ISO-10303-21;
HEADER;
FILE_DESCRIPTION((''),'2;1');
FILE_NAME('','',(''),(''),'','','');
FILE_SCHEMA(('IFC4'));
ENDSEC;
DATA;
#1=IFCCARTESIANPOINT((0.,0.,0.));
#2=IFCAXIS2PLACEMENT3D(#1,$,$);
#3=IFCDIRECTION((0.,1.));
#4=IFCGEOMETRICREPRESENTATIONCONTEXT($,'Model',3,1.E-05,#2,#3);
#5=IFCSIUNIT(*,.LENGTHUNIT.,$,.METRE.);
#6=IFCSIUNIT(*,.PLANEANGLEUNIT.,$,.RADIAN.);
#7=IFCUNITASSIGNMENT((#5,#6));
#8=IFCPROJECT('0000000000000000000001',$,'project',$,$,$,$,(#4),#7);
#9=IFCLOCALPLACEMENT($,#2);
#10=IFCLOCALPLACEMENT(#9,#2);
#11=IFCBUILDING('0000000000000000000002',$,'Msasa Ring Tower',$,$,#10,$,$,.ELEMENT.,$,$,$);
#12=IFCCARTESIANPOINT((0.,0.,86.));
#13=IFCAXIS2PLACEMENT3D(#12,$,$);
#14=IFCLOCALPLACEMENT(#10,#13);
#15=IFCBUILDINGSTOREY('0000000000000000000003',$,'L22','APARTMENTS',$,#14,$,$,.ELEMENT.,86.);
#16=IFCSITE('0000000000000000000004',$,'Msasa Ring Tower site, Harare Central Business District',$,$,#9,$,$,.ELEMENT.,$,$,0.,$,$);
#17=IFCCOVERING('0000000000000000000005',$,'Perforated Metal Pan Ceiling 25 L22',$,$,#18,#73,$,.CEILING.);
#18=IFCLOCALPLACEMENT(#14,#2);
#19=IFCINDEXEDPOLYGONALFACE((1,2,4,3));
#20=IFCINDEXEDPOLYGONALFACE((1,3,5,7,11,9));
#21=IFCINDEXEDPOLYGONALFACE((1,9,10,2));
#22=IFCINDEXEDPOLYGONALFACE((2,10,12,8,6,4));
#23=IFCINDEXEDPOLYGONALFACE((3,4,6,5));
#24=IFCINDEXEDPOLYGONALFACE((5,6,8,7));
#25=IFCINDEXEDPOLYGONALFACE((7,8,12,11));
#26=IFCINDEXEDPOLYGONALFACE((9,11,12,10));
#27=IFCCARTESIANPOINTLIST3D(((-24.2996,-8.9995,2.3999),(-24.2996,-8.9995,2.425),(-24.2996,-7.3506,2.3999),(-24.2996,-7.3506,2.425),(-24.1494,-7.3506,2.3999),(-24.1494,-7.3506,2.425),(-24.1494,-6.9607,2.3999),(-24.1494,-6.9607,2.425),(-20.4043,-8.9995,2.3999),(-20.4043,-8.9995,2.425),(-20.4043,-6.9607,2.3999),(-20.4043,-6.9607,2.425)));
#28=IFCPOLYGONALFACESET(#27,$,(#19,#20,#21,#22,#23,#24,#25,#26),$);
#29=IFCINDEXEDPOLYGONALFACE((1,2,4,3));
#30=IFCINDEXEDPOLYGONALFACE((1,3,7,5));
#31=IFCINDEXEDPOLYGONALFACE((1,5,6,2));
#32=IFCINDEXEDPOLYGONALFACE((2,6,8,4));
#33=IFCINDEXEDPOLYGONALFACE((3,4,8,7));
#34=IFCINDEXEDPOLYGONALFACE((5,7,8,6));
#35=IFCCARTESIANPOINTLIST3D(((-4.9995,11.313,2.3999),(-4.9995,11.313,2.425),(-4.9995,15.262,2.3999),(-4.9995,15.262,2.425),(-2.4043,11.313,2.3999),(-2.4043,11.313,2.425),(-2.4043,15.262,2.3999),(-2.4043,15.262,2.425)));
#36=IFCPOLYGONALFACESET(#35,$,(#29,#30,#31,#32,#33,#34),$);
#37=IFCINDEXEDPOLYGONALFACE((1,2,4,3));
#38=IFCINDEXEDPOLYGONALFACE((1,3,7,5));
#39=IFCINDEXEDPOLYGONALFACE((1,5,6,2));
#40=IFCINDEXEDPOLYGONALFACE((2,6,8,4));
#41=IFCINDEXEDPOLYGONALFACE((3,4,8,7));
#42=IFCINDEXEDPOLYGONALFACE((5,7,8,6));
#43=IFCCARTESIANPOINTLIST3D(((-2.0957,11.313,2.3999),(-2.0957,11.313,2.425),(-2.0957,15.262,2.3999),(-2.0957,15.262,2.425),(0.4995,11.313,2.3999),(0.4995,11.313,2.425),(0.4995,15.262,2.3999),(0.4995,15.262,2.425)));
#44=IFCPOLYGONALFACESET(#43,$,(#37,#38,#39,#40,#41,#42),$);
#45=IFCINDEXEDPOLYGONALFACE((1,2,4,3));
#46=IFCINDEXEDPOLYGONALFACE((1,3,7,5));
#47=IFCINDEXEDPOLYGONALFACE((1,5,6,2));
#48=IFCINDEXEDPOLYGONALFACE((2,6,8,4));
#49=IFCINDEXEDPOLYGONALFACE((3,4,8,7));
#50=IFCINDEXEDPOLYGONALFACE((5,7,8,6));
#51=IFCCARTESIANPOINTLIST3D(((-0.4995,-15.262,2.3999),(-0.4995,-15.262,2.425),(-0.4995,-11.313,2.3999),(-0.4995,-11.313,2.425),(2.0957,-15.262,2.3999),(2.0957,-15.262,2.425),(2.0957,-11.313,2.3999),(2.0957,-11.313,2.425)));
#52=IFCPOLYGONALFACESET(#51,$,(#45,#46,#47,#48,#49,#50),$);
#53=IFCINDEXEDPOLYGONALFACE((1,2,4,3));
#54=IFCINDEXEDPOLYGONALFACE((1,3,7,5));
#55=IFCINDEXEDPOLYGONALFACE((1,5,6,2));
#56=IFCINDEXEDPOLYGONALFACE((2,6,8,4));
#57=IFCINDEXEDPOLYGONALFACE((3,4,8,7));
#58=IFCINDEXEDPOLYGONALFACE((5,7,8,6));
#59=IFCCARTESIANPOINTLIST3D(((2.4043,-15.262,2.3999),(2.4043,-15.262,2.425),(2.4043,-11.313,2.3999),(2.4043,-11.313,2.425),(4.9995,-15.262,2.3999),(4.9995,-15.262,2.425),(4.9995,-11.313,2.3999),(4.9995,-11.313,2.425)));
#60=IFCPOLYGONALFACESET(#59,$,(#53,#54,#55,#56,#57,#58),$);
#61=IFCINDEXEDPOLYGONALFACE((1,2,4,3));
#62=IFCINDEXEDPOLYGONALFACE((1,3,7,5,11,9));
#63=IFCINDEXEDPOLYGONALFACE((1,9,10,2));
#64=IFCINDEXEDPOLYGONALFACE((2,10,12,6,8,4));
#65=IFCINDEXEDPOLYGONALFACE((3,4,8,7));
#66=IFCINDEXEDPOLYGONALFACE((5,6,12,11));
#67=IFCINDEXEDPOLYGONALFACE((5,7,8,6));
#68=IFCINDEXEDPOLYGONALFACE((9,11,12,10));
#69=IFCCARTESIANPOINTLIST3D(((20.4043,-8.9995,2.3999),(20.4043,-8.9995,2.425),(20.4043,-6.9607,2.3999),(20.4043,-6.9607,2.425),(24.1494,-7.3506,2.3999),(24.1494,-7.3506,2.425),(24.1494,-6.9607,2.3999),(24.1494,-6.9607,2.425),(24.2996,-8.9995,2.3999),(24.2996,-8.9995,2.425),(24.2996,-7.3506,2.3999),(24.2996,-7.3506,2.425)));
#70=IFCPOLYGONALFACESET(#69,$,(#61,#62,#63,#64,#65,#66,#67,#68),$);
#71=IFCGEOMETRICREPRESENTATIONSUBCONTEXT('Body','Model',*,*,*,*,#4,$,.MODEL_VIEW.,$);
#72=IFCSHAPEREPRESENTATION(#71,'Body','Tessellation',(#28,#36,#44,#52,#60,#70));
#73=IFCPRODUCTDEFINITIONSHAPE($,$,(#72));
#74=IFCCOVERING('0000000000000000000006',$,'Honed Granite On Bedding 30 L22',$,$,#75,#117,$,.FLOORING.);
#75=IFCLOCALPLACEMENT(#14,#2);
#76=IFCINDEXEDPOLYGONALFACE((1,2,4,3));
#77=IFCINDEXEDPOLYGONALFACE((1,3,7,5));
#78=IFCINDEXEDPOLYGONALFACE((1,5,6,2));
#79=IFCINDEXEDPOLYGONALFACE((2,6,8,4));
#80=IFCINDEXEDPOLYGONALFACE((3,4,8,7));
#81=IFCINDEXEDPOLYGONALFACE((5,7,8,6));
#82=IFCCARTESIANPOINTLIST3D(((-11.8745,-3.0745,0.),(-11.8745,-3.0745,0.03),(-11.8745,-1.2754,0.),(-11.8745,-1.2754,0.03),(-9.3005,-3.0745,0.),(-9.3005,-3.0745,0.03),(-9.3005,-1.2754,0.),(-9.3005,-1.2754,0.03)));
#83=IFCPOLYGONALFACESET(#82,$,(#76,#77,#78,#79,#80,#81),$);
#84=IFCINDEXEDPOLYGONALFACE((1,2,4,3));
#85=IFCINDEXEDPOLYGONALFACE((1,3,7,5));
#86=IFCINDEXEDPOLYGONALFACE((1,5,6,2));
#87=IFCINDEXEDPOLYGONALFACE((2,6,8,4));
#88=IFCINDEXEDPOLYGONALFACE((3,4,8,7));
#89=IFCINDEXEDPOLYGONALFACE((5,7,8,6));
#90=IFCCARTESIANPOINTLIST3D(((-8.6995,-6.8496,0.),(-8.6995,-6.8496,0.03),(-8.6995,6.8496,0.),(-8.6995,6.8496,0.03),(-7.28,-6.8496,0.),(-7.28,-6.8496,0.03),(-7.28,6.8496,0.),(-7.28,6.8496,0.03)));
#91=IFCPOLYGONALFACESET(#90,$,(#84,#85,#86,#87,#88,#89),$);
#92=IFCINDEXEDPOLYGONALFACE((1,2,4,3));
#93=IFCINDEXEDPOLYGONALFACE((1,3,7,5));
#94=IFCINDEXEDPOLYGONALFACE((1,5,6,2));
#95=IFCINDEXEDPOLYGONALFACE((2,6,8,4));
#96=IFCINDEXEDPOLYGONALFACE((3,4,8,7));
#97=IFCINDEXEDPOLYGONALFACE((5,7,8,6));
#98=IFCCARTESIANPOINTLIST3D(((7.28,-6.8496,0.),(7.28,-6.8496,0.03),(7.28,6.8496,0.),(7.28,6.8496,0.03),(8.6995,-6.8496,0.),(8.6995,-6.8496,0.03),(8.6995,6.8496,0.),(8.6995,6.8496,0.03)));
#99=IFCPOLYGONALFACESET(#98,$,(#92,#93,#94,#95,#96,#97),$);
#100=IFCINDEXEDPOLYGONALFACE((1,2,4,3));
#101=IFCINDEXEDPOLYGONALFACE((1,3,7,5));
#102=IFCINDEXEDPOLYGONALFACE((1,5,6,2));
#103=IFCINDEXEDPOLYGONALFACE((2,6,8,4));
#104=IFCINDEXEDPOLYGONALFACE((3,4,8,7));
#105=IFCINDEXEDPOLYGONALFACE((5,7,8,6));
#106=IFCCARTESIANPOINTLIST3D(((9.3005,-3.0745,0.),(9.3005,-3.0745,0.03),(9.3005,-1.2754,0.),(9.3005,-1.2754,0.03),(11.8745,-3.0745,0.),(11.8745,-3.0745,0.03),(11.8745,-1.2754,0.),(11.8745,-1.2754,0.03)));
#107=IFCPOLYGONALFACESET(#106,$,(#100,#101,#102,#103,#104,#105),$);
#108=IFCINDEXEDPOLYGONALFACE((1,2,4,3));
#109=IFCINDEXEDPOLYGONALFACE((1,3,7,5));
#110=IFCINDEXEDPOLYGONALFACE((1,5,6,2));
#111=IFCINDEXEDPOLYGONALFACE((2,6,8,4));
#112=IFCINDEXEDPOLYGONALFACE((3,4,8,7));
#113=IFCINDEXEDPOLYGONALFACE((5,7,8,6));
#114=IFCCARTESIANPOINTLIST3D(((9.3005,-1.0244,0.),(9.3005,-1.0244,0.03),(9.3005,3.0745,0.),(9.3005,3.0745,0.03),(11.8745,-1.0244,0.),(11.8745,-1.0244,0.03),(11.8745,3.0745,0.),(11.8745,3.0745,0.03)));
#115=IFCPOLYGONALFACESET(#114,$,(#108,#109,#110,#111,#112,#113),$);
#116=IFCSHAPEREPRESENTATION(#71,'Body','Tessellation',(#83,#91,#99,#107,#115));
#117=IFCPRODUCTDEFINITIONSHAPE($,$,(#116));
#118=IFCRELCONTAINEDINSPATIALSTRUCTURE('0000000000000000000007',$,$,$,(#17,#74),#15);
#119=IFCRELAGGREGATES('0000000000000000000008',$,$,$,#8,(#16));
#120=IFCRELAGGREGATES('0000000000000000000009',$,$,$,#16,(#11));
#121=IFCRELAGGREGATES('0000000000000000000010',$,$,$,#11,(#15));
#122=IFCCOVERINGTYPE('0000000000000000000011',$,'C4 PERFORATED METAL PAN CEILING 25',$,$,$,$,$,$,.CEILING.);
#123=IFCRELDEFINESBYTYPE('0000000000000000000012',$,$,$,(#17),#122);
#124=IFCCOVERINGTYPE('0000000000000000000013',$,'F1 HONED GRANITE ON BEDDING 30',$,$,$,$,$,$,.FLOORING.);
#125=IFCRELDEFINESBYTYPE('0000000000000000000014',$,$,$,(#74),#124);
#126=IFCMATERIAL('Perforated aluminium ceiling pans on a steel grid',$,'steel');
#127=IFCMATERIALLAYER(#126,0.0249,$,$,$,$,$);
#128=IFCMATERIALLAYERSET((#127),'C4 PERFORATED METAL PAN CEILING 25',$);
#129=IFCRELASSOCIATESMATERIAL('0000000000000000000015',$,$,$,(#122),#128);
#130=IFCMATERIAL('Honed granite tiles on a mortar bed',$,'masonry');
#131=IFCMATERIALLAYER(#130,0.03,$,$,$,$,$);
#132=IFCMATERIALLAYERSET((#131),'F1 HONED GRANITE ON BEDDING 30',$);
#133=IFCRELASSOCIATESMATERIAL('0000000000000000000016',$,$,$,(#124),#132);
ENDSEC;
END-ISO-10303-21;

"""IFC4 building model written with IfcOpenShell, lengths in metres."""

from ifc_helpers import new_model, si_unit, direction, frame, origin, place, context, subcontext, project, spatial, line, indexed_curve, outline, extrude, material, layer, layer_set, type_object, element, save


model = new_model("IFC4")

# Units and contexts
model_context = context("Model", 3, precision=1e-05, world=origin(), true_north=direction((0.0, 1.0)))
body_context = subcontext(model_context, "Body", "Model", "MODEL_VIEW")
ifc_project = project(units=[si_unit("LENGTHUNIT", "METRE"), si_unit("PLANEANGLEUNIT", "RADIAN")], contexts=[model_context])

# Site, building, storey
site_placement = place(None, origin())
site = spatial("IfcSite", under=ifc_project, at=site_placement, Name="Msasa Ring Tower site, Harare Central Business District", CompositionType="ELEMENT", RefElevation=0.0)
building_placement = place(site_placement, origin())
building = spatial("IfcBuilding", under=site, at=building_placement, Name="Msasa Ring Tower", CompositionType="ELEMENT")
storey_placement = place(building_placement, frame((0.0, 0.0, 86.0)))
storey = spatial("IfcBuildingStorey", under=building, at=storey_placement, Name="L22", Description="APARTMENTS", CompositionType="ELEMENT", Elevation=86.0)

# Coverings
ifc_material_1 = material(Name="Perforated aluminium ceiling pans on a steel grid", Category="steel")
ifc_layer_1 = layer(ifc_material_1, 0.0249)
ifc_layer_set_1 = layer_set([ifc_layer_1], Name="C4 PERFORATED METAL PAN CEILING 25")
covering_type_1 = type_object("IfcCoveringType", Name="C4 PERFORATED METAL PAN CEILING 25", PredefinedType="CEILING", material=ifc_layer_set_1)
covering_1_placement = place(storey_placement, frame((0.0, 0.0, 2.3999)))
element("IfcCovering", 1, at=covering_1_placement, inside=storey, type_object=covering_type_1, Name="Perforated Metal Pan Ceiling 25 L22", PredefinedType="CEILING", context=body_context, shape_type="SweptSolid", body=[
    extrude(outline(indexed_curve([(-24.2996, -8.9995), (-24.2996, -7.3506), (-24.1494, -7.3506), (-24.1494, -6.9607), (-20.4043, -6.9607), (-20.4043, -8.9995)], segments=[line(1, 2, 3, 4, 5, 6, 1)], self_intersect=False)), origin(), (0.0, 0.0, 1.0), 0.0251),
    extrude(outline(indexed_curve([(-4.9995, 11.313), (-4.9995, 15.262), (-2.4043, 15.262), (-2.4043, 11.313)], segments=[line(1, 2, 3, 4, 1)], self_intersect=False)), origin(), (0.0, 0.0, 1.0), 0.0251),
    extrude(outline(indexed_curve([(-2.0957, 11.313), (-2.0957, 15.262), (0.4995, 15.262), (0.4995, 11.313)], segments=[line(1, 2, 3, 4, 1)], self_intersect=False)), origin(), (0.0, 0.0, 1.0), 0.0251),
    extrude(outline(indexed_curve([(-0.4995, -15.262), (-0.4995, -11.313), (2.0957, -11.313), (2.0957, -15.262)], segments=[line(1, 2, 3, 4, 1)], self_intersect=False)), origin(), (0.0, 0.0, 1.0), 0.0251),
    extrude(outline(indexed_curve([(2.4043, -15.262), (2.4043, -11.313), (4.9995, -11.313), (4.9995, -15.262)], segments=[line(1, 2, 3, 4, 1)], self_intersect=False)), origin(), (0.0, 0.0, 1.0), 0.0251),
    extrude(outline(indexed_curve([(24.2996, -8.9995), (20.4043, -8.9995), (20.4043, -6.9607), (24.1494, -6.9607), (24.1494, -7.3506), (24.2996, -7.3506)], segments=[line(1, 2, 3, 4, 5, 6, 1)], self_intersect=False)), origin(), (0.0, 0.0, 1.0), 0.0251),
])
ifc_material_2 = material(Name="Honed granite tiles on a mortar bed", Category="masonry")
ifc_layer_2 = layer(ifc_material_2, 0.03)
ifc_layer_set_2 = layer_set([ifc_layer_2], Name="F1 HONED GRANITE ON BEDDING 30")
covering_type_2 = type_object("IfcCoveringType", Name="F1 HONED GRANITE ON BEDDING 30", PredefinedType="FLOORING", material=ifc_layer_set_2)
covering_2_placement = place(storey_placement, origin())
element("IfcCovering", 2, at=covering_2_placement, inside=storey, type_object=covering_type_2, Name="Honed Granite On Bedding 30 L22", PredefinedType="FLOORING", context=body_context, shape_type="SweptSolid", body=[
    extrude(outline(indexed_curve([(-11.8745, -3.0745), (-11.8745, -1.2754), (-9.3005, -1.2754), (-9.3005, -3.0745)], segments=[line(1, 2, 3, 4, 1)], self_intersect=False)), origin(), (0.0, 0.0, 1.0), 0.03),
    extrude(outline(indexed_curve([(-8.6995, -6.8496), (-8.6995, 6.8496), (-7.28, 6.8496), (-7.28, -6.8496)], segments=[line(1, 2, 3, 4, 1)], self_intersect=False)), origin(), (0.0, 0.0, 1.0), 0.03),
    extrude(outline(indexed_curve([(8.6995, 6.8496), (8.6995, -6.8496), (7.28, -6.8496), (7.28, 6.8496)], segments=[line(1, 2, 3, 4, 1)], self_intersect=False)), origin(), (0.0, 0.0, 1.0), 0.03),
    extrude(outline(indexed_curve([(9.3005, -3.0745), (9.3005, -1.2754), (11.8745, -1.2754), (11.8745, -3.0745)], segments=[line(1, 2, 3, 4, 1)], self_intersect=False)), origin(), (0.0, 0.0, 1.0), 0.03),
    extrude(outline(indexed_curve([(9.3005, 3.0745), (11.8745, 3.0745), (11.8745, -1.0244), (9.3005, -1.0244)], segments=[line(1, 2, 3, 4, 1)], self_intersect=False)), origin(), (0.0, 0.0, 1.0), 0.03),
])

save(model, "model.ifc")
